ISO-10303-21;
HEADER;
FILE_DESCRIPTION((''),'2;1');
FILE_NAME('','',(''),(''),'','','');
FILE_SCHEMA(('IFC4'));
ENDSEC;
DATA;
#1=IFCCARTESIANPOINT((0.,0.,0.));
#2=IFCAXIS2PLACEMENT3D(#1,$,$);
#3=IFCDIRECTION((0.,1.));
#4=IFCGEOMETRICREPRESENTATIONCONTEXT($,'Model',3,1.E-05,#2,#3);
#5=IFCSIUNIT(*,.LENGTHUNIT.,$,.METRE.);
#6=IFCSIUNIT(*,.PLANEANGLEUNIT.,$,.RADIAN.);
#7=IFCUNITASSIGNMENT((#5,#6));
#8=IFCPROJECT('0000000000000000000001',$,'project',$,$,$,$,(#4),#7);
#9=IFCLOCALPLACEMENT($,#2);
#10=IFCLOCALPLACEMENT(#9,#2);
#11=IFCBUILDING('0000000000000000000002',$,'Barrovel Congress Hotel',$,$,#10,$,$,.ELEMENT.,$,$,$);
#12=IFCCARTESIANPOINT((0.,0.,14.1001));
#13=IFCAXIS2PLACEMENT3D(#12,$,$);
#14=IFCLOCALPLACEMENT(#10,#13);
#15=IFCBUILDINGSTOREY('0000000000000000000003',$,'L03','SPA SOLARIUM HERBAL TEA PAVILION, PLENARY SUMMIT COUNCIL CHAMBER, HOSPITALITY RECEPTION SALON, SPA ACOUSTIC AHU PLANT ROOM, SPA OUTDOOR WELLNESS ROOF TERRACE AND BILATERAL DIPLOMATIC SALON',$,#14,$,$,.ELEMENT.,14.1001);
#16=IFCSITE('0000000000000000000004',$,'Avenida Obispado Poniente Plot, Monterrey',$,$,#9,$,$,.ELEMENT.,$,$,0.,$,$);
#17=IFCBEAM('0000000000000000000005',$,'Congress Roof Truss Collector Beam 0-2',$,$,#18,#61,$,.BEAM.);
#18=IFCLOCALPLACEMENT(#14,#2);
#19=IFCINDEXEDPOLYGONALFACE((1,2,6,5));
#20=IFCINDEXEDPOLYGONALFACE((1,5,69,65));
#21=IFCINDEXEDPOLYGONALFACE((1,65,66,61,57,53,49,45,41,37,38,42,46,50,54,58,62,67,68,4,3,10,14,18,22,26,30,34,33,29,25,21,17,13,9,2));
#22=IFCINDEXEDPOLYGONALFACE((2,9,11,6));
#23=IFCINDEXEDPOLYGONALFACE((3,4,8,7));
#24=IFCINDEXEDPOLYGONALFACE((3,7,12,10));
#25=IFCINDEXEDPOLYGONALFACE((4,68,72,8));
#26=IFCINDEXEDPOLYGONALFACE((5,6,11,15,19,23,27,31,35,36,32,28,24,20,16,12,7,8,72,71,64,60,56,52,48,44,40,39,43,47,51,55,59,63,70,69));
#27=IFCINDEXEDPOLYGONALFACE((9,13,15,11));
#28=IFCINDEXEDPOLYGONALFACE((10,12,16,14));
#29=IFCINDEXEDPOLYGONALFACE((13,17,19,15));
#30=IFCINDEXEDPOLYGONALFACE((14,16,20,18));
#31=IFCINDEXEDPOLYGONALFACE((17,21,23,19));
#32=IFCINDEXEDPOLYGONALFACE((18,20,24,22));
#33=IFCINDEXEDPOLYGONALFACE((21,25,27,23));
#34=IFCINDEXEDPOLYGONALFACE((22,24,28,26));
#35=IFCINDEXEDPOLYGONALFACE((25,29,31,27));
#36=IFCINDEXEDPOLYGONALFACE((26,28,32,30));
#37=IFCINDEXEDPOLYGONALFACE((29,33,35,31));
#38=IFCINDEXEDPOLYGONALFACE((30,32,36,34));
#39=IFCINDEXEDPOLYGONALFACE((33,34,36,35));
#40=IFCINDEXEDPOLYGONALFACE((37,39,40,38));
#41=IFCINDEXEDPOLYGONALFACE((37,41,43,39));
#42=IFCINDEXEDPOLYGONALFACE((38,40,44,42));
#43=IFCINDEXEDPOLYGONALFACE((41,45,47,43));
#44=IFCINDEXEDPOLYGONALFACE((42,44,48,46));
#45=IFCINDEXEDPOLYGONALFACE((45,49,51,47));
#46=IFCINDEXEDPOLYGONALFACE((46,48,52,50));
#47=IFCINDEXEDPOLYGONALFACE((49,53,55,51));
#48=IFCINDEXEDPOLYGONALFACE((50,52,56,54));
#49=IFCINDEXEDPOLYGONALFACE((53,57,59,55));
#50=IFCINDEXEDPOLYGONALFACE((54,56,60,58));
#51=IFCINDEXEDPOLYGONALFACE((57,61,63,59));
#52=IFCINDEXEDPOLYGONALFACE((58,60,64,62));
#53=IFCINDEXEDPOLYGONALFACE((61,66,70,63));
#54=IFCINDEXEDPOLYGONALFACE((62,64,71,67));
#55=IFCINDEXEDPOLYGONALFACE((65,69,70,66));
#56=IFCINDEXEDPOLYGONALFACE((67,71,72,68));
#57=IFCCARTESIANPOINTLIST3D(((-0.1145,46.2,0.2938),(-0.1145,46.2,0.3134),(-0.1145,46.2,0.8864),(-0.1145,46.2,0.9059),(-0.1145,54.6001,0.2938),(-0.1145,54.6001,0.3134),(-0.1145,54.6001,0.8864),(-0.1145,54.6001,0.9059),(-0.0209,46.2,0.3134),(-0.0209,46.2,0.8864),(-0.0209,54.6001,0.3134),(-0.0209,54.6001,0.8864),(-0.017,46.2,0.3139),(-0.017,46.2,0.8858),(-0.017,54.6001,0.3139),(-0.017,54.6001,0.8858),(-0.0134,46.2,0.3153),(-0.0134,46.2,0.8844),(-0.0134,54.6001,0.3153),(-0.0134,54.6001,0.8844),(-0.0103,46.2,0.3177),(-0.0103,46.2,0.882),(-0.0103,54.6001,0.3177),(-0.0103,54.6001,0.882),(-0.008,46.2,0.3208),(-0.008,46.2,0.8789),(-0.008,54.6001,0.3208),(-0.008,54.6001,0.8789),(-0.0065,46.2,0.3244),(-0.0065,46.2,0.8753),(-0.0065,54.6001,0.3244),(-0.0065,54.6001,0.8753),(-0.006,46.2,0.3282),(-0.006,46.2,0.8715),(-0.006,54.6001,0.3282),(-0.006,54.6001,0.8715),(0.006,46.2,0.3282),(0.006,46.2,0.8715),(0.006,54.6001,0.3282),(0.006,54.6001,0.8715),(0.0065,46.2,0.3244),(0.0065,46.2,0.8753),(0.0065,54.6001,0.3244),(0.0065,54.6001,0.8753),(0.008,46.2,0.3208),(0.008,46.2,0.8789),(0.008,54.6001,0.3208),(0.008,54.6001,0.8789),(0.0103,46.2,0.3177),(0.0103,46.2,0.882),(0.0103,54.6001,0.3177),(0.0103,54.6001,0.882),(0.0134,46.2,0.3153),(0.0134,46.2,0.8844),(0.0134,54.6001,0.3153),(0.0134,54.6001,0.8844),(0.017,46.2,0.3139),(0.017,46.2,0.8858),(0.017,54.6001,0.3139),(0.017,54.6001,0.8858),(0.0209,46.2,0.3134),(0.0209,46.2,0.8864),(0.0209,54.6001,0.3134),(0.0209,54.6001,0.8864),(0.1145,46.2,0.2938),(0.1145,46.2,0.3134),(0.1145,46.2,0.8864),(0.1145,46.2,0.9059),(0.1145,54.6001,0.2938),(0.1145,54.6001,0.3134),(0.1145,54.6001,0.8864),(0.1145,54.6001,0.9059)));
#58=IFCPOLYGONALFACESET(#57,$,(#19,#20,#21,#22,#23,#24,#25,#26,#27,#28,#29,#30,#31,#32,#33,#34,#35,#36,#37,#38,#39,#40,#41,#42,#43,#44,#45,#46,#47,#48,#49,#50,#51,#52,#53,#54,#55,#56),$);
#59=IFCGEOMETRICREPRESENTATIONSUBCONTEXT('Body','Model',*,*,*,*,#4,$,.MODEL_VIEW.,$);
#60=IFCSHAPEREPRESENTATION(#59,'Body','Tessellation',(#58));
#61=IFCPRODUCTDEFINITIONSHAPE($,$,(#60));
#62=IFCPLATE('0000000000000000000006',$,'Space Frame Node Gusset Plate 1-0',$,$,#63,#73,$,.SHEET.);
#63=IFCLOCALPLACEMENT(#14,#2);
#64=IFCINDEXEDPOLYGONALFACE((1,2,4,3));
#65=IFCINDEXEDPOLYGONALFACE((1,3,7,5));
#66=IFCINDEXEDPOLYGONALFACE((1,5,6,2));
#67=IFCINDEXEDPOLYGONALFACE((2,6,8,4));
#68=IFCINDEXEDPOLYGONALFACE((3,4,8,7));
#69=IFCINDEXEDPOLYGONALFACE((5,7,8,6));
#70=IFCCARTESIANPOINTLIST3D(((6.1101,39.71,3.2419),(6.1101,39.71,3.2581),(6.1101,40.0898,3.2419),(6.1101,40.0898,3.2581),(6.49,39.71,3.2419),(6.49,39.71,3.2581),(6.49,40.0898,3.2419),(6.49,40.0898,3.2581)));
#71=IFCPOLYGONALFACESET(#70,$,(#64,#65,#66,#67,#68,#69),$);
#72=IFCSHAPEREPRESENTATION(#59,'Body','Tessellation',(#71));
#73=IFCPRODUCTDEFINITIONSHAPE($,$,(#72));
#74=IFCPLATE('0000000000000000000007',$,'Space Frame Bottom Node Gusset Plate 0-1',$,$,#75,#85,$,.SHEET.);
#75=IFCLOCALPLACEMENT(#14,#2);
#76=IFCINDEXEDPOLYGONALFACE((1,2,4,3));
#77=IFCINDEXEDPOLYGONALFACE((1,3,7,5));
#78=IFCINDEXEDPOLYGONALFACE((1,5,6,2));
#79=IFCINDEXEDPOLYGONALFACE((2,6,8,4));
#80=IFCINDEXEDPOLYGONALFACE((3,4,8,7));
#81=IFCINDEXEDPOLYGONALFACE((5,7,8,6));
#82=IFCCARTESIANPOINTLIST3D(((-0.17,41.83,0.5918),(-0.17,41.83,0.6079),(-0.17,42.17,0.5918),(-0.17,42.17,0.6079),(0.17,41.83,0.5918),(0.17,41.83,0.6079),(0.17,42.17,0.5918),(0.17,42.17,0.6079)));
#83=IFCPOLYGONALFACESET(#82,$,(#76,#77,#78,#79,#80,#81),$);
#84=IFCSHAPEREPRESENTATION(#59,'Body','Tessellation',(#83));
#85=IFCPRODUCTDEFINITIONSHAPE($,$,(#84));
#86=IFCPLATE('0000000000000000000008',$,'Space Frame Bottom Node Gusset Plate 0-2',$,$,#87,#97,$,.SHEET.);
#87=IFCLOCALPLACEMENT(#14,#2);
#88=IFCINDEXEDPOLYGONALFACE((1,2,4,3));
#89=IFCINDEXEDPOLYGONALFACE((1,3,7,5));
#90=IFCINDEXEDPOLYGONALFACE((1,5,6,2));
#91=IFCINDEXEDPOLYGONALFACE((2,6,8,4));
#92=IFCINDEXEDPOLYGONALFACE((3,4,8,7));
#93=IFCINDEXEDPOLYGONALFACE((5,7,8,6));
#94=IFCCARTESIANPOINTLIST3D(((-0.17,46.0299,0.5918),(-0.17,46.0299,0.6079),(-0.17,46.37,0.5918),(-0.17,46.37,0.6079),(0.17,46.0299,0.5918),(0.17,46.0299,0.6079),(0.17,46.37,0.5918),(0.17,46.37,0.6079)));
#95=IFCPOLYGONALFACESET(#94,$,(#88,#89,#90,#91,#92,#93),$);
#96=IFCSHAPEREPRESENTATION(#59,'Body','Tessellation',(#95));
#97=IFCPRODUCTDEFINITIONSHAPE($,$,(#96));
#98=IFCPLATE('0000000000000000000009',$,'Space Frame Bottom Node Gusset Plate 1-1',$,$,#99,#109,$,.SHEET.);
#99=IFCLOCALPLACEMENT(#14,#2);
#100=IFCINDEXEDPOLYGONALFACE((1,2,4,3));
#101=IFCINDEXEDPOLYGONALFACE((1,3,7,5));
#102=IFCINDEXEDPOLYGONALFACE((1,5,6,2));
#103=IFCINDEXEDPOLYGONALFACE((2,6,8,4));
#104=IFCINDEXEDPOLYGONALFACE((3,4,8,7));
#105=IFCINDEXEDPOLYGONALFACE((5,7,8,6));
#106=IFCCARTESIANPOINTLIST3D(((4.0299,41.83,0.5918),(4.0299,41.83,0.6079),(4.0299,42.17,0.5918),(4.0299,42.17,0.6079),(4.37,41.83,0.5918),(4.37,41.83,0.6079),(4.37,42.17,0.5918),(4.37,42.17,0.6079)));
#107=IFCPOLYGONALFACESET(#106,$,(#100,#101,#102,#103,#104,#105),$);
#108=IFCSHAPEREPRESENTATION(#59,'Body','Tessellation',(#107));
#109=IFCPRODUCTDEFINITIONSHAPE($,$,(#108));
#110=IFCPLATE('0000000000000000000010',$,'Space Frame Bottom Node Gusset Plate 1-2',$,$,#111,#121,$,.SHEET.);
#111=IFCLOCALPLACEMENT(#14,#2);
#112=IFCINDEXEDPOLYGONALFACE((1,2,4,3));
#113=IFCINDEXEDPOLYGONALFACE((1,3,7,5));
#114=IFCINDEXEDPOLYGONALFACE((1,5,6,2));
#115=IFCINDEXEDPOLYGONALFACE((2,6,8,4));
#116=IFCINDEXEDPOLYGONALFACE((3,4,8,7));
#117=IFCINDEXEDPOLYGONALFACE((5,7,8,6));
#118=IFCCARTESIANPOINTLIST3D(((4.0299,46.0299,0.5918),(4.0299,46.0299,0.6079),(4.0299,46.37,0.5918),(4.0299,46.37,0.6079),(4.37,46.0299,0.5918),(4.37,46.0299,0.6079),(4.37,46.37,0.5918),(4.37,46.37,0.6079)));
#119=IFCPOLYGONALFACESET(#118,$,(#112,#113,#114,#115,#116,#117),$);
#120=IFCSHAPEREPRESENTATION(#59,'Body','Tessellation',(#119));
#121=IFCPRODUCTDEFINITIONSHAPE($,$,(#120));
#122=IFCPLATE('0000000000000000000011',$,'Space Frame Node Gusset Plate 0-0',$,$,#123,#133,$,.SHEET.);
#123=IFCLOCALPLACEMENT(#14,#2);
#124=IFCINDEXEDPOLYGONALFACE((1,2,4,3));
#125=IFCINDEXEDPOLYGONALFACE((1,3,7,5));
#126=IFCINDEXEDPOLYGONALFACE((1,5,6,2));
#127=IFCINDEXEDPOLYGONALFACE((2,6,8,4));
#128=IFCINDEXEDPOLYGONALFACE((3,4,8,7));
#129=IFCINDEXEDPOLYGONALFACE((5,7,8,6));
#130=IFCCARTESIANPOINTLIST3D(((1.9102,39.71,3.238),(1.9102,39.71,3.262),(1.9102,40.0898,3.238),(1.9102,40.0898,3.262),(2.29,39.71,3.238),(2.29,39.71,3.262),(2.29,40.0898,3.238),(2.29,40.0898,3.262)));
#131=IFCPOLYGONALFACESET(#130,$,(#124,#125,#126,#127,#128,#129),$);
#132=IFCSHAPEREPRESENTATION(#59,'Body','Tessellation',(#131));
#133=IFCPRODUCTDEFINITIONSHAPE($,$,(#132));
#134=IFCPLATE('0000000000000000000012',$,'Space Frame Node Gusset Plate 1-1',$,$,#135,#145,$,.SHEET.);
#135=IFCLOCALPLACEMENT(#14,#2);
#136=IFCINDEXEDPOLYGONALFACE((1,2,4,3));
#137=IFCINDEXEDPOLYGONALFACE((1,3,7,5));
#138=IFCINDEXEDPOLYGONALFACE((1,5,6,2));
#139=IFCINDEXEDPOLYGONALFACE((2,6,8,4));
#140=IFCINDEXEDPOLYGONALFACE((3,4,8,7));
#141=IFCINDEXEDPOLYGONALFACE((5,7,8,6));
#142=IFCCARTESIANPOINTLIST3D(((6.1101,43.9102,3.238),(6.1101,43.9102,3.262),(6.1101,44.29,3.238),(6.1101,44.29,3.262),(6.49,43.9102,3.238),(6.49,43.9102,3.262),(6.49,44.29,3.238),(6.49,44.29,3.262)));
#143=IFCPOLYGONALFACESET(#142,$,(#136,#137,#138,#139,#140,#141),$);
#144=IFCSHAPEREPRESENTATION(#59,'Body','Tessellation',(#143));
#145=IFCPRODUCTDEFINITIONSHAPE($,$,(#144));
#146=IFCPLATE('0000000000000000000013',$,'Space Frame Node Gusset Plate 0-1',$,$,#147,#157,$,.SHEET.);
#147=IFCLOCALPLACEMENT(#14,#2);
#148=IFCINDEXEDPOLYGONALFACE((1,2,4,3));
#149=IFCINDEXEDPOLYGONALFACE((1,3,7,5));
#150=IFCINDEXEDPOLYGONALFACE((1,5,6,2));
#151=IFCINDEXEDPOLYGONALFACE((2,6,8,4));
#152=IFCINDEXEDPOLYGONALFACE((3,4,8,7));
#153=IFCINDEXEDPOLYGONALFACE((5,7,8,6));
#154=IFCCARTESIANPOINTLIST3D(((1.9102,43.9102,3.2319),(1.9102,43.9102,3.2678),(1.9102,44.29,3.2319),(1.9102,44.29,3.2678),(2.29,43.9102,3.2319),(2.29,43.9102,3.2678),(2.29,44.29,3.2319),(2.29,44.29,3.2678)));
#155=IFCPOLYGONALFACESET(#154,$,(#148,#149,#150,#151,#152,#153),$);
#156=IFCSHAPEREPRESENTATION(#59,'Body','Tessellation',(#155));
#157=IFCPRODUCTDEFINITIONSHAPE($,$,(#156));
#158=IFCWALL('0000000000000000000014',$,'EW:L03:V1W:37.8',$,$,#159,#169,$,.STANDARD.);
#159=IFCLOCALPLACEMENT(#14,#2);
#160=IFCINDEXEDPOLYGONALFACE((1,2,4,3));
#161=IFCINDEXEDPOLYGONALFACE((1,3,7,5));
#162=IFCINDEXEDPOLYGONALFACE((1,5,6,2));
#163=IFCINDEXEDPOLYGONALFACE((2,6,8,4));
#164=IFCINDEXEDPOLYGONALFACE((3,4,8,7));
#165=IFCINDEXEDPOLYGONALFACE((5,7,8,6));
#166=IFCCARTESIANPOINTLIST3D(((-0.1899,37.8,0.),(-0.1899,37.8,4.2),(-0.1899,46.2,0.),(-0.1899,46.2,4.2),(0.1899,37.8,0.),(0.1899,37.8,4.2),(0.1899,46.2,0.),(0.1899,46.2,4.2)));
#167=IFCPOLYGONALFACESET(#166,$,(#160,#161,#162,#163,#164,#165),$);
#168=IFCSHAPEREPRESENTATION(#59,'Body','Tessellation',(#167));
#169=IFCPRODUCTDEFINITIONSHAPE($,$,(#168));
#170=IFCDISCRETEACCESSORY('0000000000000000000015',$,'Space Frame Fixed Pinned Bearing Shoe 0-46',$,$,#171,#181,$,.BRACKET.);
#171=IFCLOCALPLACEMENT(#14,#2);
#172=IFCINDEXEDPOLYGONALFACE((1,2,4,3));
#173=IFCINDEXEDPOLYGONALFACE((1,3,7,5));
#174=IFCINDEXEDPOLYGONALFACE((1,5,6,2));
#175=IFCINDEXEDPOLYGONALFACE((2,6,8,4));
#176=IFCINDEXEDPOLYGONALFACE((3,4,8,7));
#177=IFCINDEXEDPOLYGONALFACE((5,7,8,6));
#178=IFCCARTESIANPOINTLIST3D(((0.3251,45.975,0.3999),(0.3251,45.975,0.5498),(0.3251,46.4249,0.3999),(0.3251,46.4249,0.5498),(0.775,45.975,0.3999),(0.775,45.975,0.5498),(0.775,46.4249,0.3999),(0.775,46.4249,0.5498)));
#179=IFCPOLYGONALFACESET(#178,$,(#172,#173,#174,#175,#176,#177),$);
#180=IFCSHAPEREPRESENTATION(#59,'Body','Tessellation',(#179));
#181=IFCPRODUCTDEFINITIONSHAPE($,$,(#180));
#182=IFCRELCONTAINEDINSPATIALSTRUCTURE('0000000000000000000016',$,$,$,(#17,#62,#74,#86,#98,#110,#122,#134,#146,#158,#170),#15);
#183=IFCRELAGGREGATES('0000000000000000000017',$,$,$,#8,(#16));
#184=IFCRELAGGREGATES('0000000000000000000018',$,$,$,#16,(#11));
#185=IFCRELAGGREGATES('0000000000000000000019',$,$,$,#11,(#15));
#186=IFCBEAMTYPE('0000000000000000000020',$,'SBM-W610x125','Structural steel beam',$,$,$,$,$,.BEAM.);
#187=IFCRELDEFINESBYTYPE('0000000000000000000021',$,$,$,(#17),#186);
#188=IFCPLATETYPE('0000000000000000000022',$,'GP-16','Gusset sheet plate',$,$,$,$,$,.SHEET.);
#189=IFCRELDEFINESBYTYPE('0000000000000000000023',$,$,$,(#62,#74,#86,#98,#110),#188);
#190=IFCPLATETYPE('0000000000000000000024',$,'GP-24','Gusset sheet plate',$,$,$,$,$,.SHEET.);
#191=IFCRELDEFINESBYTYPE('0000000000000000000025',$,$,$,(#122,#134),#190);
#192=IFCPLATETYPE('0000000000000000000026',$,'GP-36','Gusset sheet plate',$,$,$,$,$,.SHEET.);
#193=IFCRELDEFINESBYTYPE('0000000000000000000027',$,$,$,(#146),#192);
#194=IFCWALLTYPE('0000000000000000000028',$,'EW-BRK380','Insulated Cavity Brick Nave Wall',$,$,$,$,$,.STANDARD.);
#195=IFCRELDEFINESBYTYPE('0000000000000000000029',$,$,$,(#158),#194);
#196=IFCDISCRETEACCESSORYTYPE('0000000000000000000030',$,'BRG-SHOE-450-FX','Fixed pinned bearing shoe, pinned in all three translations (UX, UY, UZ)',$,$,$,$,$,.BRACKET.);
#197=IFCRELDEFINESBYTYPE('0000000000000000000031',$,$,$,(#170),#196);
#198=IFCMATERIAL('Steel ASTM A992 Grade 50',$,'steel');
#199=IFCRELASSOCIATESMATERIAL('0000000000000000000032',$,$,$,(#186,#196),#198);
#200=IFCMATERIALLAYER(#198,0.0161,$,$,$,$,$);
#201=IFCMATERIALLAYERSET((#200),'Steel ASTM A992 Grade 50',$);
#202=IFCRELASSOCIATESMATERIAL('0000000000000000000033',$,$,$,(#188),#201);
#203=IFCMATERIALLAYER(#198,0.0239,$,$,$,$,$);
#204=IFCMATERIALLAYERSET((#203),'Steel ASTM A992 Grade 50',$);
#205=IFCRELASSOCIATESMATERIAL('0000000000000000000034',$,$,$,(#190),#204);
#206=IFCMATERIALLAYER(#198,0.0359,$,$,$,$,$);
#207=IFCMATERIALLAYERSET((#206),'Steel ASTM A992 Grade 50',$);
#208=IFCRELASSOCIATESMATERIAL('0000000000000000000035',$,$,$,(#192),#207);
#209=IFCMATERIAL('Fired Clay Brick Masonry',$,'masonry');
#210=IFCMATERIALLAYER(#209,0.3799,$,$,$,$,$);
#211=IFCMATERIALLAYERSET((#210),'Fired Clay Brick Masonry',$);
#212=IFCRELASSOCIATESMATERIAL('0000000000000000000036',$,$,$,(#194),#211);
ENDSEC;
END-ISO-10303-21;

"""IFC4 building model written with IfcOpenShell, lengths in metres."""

from ifc_helpers import new_model, si_unit, direction, frame, frame_2d, origin, origin_2d, place, context, subcontext, project, spatial, rectangle, i_section, extrude, material, layer, layer_set, material_profile, profile_set, type_object, element, save


model = new_model("IFC4")

# Units and contexts
model_context = context("Model", 3, precision=1e-05, world=origin(), true_north=direction((0.0, 1.0)))
body_context = subcontext(model_context, "Body", "Model", "MODEL_VIEW")
ifc_project = project(units=[si_unit("LENGTHUNIT", "METRE"), si_unit("PLANEANGLEUNIT", "RADIAN")], contexts=[model_context])

# Site, building, storey
site_placement = place(None, origin())
site = spatial("IfcSite", under=ifc_project, at=site_placement, Name="Avenida Obispado Poniente Plot, Monterrey", CompositionType="ELEMENT", RefElevation=0.0)
building_placement = place(site_placement, origin())
building = spatial("IfcBuilding", under=site, at=building_placement, Name="Barrovel Congress Hotel", CompositionType="ELEMENT")
storey_placement = place(building_placement, frame((0.0, 0.0, 14.1001)))
storey = spatial("IfcBuildingStorey", under=building, at=storey_placement, Name="L03", Description="SPA SOLARIUM HERBAL TEA PAVILION, PLENARY SUMMIT COUNCIL CHAMBER, HOSPITALITY RECEPTION SALON, SPA ACOUSTIC AHU PLANT ROOM, SPA OUTDOOR WELLNESS ROOF TERRACE AND BILATERAL DIPLOMATIC SALON", CompositionType="ELEMENT", Elevation=14.1001)

# Beam
ifc_material_1 = material(Name="Steel ASTM A992 Grade 50", Category="steel")
ifc_material_profile_1 = material_profile(ifc_material_1, i_section(OverallWidth=0.229, OverallDepth=0.6121, WebThickness=0.012, FlangeThickness=0.0195, FilletRadius=0.0149, at=origin_2d()), Name="W610x125")
ifc_profile_set_1 = profile_set([ifc_material_profile_1], Name="Steel ASTM A992 Grade 50")
beam_type_1 = type_object("IfcBeamType", Name="SBM-W610x125", Description="Structural steel beam", PredefinedType="BEAM", material=ifc_profile_set_1)
beam_1_placement = place(storey_placement, frame((0.0, 46.2, 0.5999), z_axis=(0.0, 1.0, 0.0), x_axis=(-1.0, 0.0, 0.0)))
element("IfcBeam", 1, at=beam_1_placement, inside=storey, type_object=beam_type_1, Name="Congress Roof Truss Collector Beam 0-2", PredefinedType="BEAM", context=body_context, shape_type="SweptSolid", body=[
    extrude(i_section(OverallWidth=0.229, OverallDepth=0.6121, WebThickness=0.012, FlangeThickness=0.0195, FilletRadius=0.0149, at=origin_2d()), origin(), (0.0, 0.0, 1.0), 8.4001),
])

# Plates
ifc_layer_1 = layer(ifc_material_1, 0.0161)
ifc_layer_set_1 = layer_set([ifc_layer_1], Name="Steel ASTM A992 Grade 50")
plate_type_1 = type_object("IfcPlateType", Name="GP-16", Description="Gusset sheet plate", PredefinedType="SHEET", material=ifc_layer_set_1)
plate_1_placement = place(storey_placement, frame((6.3, 39.8999, 3.2419), z_axis=(0.0, 0.0, 1.0), x_axis=(1.0, 0.0, 0.0)))
element("IfcPlate", 2, at=plate_1_placement, inside=storey, type_object=plate_type_1, Name="Space Frame Node Gusset Plate 1-0", PredefinedType="SHEET", context=body_context, shape_type="SweptSolid", body=[
    extrude(rectangle(XDim=0.3799, YDim=0.3799, at=origin_2d()), origin(), (0.0, 0.0, 1.0), 0.0161),
])
for number, where, z_axis, x_axis, name in (
    (3, (0.0, 42.0, 0.5918), (0.0, 0.0, 1.0), (1.0, 0.0, 0.0), "Space Frame Bottom Node Gusset Plate 0-1"),
    (4, (0.0, 46.2, 0.5918), (0.0, 0.0, 1.0), (1.0, 0.0, 0.0), "Space Frame Bottom Node Gusset Plate 0-2"),
    (5, (4.2, 42.0, 0.5918), (0.0, 0.0, 1.0), (1.0, 0.0, 0.0), "Space Frame Bottom Node Gusset Plate 1-1"),
    (6, (4.2, 46.2, 0.5918), (0.0, 0.0, 1.0), (1.0, 0.0, 0.0), "Space Frame Bottom Node Gusset Plate 1-2"),
):
    element("IfcPlate", number, at=place(storey_placement, frame(where, z_axis=z_axis, x_axis=x_axis)), inside=storey, type_object=plate_type_1, Name=name, PredefinedType="SHEET", context=body_context, shape_type="SweptSolid", body=[
        extrude(rectangle(XDim=0.3401, YDim=0.3401, at=origin_2d()), origin(), (0.0, 0.0, 1.0), 0.0161),
    ])
ifc_layer_2 = layer(ifc_material_1, 0.0239)
ifc_layer_set_2 = layer_set([ifc_layer_2], Name="Steel ASTM A992 Grade 50")
plate_type_2 = type_object("IfcPlateType", Name="GP-24", Description="Gusset sheet plate", PredefinedType="SHEET", material=ifc_layer_set_2)
for number, where, z_axis, x_axis, name in (
    (7, (2.1001, 39.8999, 3.238), (0.0, 0.0, 1.0), (1.0, 0.0, 0.0), "Space Frame Node Gusset Plate 0-0"),
    (8, (6.3, 44.1001, 3.238), (0.0, 0.0, 1.0), (1.0, 0.0, 0.0), "Space Frame Node Gusset Plate 1-1"),
):
    element("IfcPlate", number, at=place(storey_placement, frame(where, z_axis=z_axis, x_axis=x_axis)), inside=storey, type_object=plate_type_2, Name=name, PredefinedType="SHEET", context=body_context, shape_type="SweptSolid", body=[
        extrude(rectangle(XDim=0.3799, YDim=0.3799, at=origin_2d()), origin(), (0.0, 0.0, 1.0), 0.0239),
    ])
ifc_layer_3 = layer(ifc_material_1, 0.0359)
ifc_layer_set_3 = layer_set([ifc_layer_3], Name="Steel ASTM A992 Grade 50")
plate_type_3 = type_object("IfcPlateType", Name="GP-36", Description="Gusset sheet plate", PredefinedType="SHEET", material=ifc_layer_set_3)
plate_2_placement = place(storey_placement, frame((2.1001, 44.1001, 3.2319), z_axis=(0.0, 0.0, 1.0), x_axis=(1.0, 0.0, 0.0)))
element("IfcPlate", 9, at=plate_2_placement, inside=storey, type_object=plate_type_3, Name="Space Frame Node Gusset Plate 0-1", PredefinedType="SHEET", context=body_context, shape_type="SweptSolid", body=[
    extrude(rectangle(XDim=0.3799, YDim=0.3799, at=origin_2d()), origin(), (0.0, 0.0, 1.0), 0.0359),
])

# Wall
ifc_material_2 = material(Name="Fired Clay Brick Masonry", Category="masonry")
ifc_layer_4 = layer(ifc_material_2, 0.3799)
ifc_layer_set_4 = layer_set([ifc_layer_4], Name="Fired Clay Brick Masonry")
wall_type = type_object("IfcWallType", Name="EW-BRK380", Description="Insulated Cavity Brick Nave Wall", PredefinedType="STANDARD", material=ifc_layer_set_4)
wall_placement = place(storey_placement, frame((0.0, 46.2, 0.0), z_axis=(0.0, 0.0, 1.0), x_axis=(0.0, -1.0, 0.0)))
element("IfcWall", 10, at=wall_placement, inside=storey, type_object=wall_type, Name="EW:L03:V1W:37.8", PredefinedType="STANDARD", context=body_context, shape_type="SweptSolid", body=[
    extrude(rectangle(XDim=8.3999, YDim=0.3799, at=frame_2d((4.2, 0.0))), origin(), (0.0, 0.0, 1.0), 4.2),
])

# Discrete accessory
discrete_accessory_type = type_object("IfcDiscreteAccessoryType", Name="BRG-SHOE-450-FX", Description="Fixed pinned bearing shoe, pinned in all three translations (UX, UY, UZ)", PredefinedType="BRACKET", material=ifc_material_1)
discrete_accessory_placement = place(storey_placement, frame((0.55, 46.2, 0.3999), z_axis=(0.0, 0.0, 1.0), x_axis=(1.0, 0.0, 0.0)))
element("IfcDiscreteAccessory", 11, at=discrete_accessory_placement, inside=storey, type_object=discrete_accessory_type, Name="Space Frame Fixed Pinned Bearing Shoe 0-46", PredefinedType="BRACKET", context=body_context, shape_type="SweptSolid", body=[
    extrude(rectangle(XDim=0.45, YDim=0.45, at=origin_2d()), origin(), (0.0, 0.0, 1.0), 0.1499),
])

save(model, "model.ifc")
